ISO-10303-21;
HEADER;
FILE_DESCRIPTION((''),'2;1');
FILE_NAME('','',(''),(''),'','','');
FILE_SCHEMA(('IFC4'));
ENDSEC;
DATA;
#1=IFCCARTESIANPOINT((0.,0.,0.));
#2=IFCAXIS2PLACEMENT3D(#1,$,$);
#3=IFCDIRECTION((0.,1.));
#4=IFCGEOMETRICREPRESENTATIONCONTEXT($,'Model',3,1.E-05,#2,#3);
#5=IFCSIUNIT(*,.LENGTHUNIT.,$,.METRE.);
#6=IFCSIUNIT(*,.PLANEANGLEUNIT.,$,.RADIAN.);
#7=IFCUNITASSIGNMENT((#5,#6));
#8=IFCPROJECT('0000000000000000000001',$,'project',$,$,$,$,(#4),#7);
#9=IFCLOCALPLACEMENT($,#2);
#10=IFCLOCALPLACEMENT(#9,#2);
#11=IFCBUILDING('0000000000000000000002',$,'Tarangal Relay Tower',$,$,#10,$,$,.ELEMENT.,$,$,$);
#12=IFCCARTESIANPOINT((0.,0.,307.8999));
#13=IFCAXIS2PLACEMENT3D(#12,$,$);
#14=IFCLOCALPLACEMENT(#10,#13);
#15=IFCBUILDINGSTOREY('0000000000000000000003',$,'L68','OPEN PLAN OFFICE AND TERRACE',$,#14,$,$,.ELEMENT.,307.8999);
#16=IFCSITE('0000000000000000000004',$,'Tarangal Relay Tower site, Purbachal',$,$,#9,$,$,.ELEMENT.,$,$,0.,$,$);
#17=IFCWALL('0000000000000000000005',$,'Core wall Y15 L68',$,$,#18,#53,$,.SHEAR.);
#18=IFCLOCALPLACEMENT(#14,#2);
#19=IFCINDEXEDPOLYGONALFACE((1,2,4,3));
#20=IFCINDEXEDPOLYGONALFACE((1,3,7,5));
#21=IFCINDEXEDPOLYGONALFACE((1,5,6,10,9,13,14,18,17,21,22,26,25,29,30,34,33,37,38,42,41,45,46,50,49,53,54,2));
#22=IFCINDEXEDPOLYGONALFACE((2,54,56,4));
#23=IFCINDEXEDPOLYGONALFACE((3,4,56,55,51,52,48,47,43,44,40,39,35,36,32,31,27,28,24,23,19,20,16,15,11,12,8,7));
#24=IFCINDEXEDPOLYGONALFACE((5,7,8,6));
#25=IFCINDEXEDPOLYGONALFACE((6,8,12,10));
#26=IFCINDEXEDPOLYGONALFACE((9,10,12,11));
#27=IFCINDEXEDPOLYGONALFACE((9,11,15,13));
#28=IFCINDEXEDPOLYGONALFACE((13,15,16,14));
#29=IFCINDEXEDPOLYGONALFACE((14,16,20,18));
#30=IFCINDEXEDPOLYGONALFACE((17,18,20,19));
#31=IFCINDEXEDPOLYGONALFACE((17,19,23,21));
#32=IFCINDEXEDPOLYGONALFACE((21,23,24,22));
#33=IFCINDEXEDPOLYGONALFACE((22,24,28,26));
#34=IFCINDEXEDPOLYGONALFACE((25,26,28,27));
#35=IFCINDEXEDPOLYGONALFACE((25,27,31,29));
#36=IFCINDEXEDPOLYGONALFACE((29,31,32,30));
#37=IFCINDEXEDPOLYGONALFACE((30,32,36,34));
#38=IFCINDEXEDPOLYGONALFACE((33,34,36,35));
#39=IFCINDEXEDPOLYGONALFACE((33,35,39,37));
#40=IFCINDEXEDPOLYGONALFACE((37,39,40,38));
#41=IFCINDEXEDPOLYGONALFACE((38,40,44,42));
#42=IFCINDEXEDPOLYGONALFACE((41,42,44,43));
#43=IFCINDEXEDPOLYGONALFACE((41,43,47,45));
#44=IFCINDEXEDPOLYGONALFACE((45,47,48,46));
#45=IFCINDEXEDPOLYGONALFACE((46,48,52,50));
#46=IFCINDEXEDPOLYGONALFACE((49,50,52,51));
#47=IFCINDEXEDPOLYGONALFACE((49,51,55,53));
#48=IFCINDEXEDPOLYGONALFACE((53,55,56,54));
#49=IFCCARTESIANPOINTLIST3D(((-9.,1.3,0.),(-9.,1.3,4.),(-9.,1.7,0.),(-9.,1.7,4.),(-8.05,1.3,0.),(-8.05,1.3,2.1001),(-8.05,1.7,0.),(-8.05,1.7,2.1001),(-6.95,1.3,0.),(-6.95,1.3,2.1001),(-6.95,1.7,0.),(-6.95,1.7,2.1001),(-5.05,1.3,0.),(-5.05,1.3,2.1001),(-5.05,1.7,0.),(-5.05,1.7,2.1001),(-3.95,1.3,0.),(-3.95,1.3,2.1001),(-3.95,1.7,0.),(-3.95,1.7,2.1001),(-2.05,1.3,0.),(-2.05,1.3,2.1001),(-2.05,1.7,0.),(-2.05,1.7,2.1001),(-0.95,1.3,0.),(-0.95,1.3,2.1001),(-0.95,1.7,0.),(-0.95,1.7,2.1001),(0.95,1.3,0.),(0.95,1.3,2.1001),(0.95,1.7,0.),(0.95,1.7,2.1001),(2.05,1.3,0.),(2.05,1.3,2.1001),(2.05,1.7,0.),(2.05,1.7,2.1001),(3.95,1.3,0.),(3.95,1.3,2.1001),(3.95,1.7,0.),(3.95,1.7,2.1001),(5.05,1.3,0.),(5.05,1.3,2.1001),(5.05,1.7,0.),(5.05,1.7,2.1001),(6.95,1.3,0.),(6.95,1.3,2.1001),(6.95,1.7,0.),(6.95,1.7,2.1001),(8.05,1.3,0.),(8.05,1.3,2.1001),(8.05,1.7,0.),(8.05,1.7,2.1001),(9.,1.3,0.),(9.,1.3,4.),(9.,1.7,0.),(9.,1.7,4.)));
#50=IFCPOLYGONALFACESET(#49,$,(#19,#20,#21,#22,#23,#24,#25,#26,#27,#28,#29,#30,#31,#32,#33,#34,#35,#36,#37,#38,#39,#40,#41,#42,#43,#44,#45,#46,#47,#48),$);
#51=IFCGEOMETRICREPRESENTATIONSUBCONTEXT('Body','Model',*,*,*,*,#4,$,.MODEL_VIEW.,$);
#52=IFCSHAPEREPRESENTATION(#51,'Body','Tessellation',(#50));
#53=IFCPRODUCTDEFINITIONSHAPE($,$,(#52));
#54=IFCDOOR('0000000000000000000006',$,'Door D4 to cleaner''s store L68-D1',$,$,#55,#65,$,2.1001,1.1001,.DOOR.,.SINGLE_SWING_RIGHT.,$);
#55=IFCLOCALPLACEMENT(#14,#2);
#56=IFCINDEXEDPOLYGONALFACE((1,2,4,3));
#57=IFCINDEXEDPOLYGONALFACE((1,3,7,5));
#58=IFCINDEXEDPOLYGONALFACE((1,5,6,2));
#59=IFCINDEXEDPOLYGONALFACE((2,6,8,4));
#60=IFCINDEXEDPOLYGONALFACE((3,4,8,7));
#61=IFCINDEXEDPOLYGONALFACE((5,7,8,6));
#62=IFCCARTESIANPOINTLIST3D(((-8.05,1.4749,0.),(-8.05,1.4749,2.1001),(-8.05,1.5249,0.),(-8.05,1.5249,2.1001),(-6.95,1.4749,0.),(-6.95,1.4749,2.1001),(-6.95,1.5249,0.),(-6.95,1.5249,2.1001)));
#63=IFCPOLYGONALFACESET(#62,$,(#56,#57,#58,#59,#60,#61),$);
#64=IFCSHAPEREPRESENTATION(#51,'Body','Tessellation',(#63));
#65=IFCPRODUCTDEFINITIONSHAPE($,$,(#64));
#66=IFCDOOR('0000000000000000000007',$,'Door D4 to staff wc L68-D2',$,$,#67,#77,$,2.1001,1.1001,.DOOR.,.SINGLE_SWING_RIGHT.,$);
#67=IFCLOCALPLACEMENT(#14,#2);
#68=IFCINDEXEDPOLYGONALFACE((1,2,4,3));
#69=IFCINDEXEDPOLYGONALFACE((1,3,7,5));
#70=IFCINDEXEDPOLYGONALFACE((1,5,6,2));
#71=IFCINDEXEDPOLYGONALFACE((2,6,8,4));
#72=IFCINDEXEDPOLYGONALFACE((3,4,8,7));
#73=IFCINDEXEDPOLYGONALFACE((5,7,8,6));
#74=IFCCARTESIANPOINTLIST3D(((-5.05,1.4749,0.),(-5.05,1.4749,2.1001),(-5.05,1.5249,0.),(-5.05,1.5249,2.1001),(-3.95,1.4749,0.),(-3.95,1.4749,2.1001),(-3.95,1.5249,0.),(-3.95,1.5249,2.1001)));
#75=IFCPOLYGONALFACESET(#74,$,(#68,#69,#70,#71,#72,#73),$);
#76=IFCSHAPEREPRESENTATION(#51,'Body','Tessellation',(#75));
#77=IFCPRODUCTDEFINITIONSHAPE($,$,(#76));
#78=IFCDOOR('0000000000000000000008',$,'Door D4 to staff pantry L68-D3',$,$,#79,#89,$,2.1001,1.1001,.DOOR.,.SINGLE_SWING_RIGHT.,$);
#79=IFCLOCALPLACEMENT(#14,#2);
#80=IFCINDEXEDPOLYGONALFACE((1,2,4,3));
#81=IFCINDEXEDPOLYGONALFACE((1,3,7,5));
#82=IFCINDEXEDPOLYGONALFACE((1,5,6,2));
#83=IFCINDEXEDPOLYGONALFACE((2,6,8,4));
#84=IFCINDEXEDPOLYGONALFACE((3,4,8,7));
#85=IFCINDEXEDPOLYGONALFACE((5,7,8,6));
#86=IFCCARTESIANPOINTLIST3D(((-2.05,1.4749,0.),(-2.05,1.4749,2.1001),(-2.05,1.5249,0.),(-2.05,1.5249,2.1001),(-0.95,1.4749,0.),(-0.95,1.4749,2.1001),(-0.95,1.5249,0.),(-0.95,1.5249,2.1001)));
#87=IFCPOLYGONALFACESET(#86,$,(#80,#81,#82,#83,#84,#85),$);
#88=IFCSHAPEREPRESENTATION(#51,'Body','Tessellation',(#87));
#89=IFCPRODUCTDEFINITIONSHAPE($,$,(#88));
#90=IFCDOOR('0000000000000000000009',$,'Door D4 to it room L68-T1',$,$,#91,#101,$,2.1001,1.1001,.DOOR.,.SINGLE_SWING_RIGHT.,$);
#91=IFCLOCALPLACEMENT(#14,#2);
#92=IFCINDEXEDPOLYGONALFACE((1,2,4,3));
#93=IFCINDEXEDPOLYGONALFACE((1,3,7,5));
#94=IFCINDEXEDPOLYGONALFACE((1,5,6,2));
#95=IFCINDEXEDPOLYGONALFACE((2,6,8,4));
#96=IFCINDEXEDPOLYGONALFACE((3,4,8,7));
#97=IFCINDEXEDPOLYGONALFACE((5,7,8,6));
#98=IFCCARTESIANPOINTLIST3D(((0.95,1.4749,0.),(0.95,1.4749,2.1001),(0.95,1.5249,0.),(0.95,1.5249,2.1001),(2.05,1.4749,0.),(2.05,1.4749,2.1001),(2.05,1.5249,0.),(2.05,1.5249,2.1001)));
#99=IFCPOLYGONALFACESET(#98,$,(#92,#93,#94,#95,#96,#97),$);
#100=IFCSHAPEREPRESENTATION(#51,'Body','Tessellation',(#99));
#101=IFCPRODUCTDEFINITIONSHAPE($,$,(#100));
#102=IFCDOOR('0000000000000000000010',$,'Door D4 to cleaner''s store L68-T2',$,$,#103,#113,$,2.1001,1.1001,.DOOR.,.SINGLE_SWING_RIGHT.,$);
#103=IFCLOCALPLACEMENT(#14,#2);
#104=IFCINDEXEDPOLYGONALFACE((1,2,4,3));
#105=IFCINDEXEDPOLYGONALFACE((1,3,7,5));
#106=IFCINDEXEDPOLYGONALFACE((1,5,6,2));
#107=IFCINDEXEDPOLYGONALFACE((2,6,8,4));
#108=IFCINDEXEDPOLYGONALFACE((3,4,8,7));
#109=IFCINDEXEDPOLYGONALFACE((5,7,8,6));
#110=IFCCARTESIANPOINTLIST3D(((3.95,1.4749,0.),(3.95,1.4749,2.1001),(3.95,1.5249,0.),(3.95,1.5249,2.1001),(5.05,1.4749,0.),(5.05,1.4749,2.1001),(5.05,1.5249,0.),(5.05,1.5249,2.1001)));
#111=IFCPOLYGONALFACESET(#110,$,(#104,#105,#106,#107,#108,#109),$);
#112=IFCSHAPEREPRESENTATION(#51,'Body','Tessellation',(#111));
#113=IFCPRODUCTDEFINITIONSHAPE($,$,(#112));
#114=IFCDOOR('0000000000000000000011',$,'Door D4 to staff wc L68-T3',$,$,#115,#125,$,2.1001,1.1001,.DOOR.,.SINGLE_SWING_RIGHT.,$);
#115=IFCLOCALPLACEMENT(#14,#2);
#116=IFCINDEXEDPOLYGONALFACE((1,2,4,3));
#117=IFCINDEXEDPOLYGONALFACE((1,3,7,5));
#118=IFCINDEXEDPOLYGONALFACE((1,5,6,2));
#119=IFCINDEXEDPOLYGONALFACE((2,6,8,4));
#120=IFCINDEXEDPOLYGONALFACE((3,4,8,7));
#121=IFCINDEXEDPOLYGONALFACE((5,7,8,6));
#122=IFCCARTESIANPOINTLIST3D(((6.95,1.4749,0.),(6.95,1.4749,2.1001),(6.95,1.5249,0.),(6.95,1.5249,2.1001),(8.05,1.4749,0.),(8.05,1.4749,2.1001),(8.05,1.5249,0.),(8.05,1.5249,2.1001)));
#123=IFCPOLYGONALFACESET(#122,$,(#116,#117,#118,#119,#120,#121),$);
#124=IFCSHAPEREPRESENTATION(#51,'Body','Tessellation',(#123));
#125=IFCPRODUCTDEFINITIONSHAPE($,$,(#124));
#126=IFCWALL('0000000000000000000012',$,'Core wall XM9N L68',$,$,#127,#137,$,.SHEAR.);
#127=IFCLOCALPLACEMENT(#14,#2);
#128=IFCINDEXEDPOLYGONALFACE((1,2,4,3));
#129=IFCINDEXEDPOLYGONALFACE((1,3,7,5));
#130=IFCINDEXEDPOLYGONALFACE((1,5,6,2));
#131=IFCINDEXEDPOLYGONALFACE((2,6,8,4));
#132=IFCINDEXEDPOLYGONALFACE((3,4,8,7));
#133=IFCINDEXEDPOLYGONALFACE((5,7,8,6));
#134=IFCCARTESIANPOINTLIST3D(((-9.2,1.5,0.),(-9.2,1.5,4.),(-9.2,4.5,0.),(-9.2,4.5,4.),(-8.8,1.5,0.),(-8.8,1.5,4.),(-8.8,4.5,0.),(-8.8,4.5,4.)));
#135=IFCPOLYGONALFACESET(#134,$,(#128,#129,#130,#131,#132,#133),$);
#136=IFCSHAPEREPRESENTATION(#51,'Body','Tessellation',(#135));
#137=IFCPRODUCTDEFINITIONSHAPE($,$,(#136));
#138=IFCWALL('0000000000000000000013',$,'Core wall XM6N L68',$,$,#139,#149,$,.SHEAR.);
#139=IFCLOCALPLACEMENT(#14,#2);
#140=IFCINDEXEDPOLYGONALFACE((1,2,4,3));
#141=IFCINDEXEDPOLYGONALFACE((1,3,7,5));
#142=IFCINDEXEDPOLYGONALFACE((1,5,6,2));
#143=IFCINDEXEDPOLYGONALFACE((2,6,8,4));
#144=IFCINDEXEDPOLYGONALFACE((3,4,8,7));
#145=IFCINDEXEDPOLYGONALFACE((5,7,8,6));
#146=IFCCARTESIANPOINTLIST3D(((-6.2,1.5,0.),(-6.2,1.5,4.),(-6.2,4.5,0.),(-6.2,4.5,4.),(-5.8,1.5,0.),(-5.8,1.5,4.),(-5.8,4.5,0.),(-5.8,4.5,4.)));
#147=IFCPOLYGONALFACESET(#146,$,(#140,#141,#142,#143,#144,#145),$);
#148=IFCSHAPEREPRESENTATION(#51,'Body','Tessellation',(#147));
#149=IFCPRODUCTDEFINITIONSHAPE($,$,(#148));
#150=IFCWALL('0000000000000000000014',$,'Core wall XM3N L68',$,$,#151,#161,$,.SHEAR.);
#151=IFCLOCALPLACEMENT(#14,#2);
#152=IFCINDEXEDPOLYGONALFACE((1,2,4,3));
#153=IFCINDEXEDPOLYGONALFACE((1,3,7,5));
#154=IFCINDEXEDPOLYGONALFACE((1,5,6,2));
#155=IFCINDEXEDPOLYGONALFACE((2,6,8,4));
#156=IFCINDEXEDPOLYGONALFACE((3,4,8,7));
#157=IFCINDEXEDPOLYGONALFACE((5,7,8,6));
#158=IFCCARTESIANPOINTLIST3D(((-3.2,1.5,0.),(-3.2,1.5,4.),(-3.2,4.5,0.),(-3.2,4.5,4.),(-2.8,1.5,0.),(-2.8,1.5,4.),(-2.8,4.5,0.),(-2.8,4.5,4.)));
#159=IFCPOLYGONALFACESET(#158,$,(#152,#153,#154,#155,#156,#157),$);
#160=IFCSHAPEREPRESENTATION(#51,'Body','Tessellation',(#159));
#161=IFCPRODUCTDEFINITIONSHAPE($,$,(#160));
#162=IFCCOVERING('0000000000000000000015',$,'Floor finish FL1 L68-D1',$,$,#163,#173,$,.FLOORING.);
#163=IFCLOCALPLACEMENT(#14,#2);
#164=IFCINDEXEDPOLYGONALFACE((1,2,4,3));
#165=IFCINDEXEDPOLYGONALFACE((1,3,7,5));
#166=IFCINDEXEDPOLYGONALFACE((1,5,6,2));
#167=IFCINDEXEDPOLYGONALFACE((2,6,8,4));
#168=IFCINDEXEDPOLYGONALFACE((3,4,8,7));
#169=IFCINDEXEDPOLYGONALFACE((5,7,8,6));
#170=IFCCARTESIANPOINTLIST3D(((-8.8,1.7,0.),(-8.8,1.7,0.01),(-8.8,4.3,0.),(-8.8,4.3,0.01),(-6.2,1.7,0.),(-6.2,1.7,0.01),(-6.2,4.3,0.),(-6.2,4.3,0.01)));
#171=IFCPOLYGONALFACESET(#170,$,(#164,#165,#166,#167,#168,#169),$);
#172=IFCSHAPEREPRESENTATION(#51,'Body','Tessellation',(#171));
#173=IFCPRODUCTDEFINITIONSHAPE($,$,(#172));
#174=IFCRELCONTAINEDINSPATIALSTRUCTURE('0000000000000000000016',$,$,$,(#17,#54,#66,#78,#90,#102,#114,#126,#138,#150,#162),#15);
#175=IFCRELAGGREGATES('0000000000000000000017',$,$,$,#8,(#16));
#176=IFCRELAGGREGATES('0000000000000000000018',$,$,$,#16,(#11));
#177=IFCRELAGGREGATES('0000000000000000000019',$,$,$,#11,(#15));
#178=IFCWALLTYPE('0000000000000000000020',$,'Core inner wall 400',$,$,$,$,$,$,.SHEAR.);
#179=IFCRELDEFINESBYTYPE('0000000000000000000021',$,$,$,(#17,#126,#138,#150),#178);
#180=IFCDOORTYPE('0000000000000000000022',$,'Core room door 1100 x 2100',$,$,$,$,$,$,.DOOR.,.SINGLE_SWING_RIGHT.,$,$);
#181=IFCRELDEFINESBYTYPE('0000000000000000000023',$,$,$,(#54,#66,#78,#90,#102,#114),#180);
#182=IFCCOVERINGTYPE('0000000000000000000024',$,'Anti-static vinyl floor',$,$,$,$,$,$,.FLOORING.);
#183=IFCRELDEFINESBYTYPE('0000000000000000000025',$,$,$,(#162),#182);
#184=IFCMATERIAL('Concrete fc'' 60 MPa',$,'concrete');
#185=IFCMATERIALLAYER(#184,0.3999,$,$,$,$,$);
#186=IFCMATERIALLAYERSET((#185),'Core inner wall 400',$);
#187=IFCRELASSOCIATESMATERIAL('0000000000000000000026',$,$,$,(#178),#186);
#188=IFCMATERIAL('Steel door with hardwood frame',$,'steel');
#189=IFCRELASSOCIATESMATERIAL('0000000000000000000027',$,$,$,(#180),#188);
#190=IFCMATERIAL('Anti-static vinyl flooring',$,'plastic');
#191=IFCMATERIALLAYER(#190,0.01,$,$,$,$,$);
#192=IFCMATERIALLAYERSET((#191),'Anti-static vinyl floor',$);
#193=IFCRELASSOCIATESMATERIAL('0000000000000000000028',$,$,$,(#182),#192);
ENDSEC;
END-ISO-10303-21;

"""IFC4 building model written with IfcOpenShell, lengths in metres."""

from ifc_helpers import new_model, si_unit, direction, frame, frame_2d, origin, place, context, subcontext, project, spatial, polyline, rectangle, outline, extrude, material, layer, layer_set, type_object, element, fill, save


model = new_model("IFC4")

# Units and contexts
model_context = context("Model", 3, precision=1e-05, world=origin(), true_north=direction((0.0, 1.0)))
body_context = subcontext(model_context, "Body", "Model", "MODEL_VIEW")
ifc_project = project(units=[si_unit("LENGTHUNIT", "METRE"), si_unit("PLANEANGLEUNIT", "RADIAN")], contexts=[model_context])

# Site, building, storey
site_placement = place(None, origin())
site = spatial("IfcSite", under=ifc_project, at=site_placement, Name="Tarangal Relay Tower site, Purbachal", CompositionType="ELEMENT", RefElevation=0.0)
building_placement = place(site_placement, origin())
building = spatial("IfcBuilding", under=site, at=building_placement, Name="Tarangal Relay Tower", CompositionType="ELEMENT")
storey_placement = place(building_placement, frame((0.0, 0.0, 307.8999)))
storey = spatial("IfcBuildingStorey", under=building, at=storey_placement, Name="L68", Description="OPEN PLAN OFFICE AND TERRACE", CompositionType="ELEMENT", Elevation=307.8999)

# Wall, openings, doors
ifc_material_1 = material(Name="Concrete fc' 60 MPa", Category="concrete")
ifc_layer_1 = layer(ifc_material_1, 0.3999)
ifc_layer_set_1 = layer_set([ifc_layer_1], Name="Core inner wall 400")
wall_type = type_object("IfcWallType", Name="Core inner wall 400", PredefinedType="SHEAR", material=ifc_layer_set_1)
wall_placement = place(storey_placement, frame((-9.0, 1.5, 0.0), z_axis=(0.0, 0.0, 1.0), x_axis=(1.0, 0.0, 0.0)))
wall = element("IfcWall", 1, at=wall_placement, inside=storey, type_object=wall_type, Name="Core wall Y15 L68", PredefinedType="SHEAR", context=body_context, shape_type="SweptSolid", body=[
    extrude(rectangle(XDim=18.0, YDim=0.3999, at=frame_2d((9.0, 0.0))), origin(), (0.0, 0.0, 1.0), 4.0),
])
opening_1_placement = place(wall_placement, frame((0.95, 0.0, 0.0)))
opening_1 = element("IfcOpeningElement", 2, at=opening_1_placement, cuts=wall, PredefinedType="OPENING", context=body_context, shape_type="SweptSolid", body=[
    extrude(rectangle(XDim=1.1001, YDim=2.1001, at=frame_2d((0.55, 1.05))), frame((0.0, 0.21, 0.0), z_axis=(0.0, -1.0, 0.0), x_axis=(1.0, 0.0, 0.0)), (0.0, 0.0, 1.0), 0.4199),
])
opening_2_placement = place(wall_placement, frame((3.95, 0.0, 0.0)))
opening_2 = element("IfcOpeningElement", 3, at=opening_2_placement, cuts=wall, PredefinedType="OPENING", context=body_context, shape_type="SweptSolid", body=[
    extrude(rectangle(XDim=1.1001, YDim=2.1001, at=frame_2d((0.55, 1.05))), frame((0.0, 0.21, 0.0), z_axis=(0.0, -1.0, 0.0), x_axis=(1.0, 0.0, 0.0)), (0.0, 0.0, 1.0), 0.4199),
])
opening_3_placement = place(wall_placement, frame((6.95, 0.0, 0.0)))
opening_3 = element("IfcOpeningElement", 4, at=opening_3_placement, cuts=wall, PredefinedType="OPENING", context=body_context, shape_type="SweptSolid", body=[
    extrude(rectangle(XDim=1.1001, YDim=2.1001, at=frame_2d((0.55, 1.05))), frame((0.0, 0.21, 0.0), z_axis=(0.0, -1.0, 0.0), x_axis=(1.0, 0.0, 0.0)), (0.0, 0.0, 1.0), 0.4199),
])
opening_4_placement = place(wall_placement, frame((9.95, 0.0, 0.0)))
opening_4 = element("IfcOpeningElement", 5, at=opening_4_placement, cuts=wall, PredefinedType="OPENING", context=body_context, shape_type="SweptSolid", body=[
    extrude(rectangle(XDim=1.1001, YDim=2.1001, at=frame_2d((0.55, 1.05))), frame((0.0, 0.21, 0.0), z_axis=(0.0, -1.0, 0.0), x_axis=(1.0, 0.0, 0.0)), (0.0, 0.0, 1.0), 0.4199),
])
opening_5_placement = place(wall_placement, frame((12.95, 0.0, 0.0)))
opening_5 = element("IfcOpeningElement", 6, at=opening_5_placement, cuts=wall, PredefinedType="OPENING", context=body_context, shape_type="SweptSolid", body=[
    extrude(rectangle(XDim=1.1001, YDim=2.1001, at=frame_2d((0.55, 1.05))), frame((0.0, 0.21, 0.0), z_axis=(0.0, -1.0, 0.0), x_axis=(1.0, 0.0, 0.0)), (0.0, 0.0, 1.0), 0.4199),
])
opening_6_placement = place(wall_placement, frame((15.95, 0.0, 0.0)))
opening_6 = element("IfcOpeningElement", 7, at=opening_6_placement, cuts=wall, PredefinedType="OPENING", context=body_context, shape_type="SweptSolid", body=[
    extrude(rectangle(XDim=1.1001, YDim=2.1001, at=frame_2d((0.55, 1.05))), frame((0.0, 0.21, 0.0), z_axis=(0.0, -1.0, 0.0), x_axis=(1.0, 0.0, 0.0)), (0.0, 0.0, 1.0), 0.4199),
])
ifc_material_2 = material(Name="Steel door with hardwood frame", Category="steel")
door_type = type_object("IfcDoorType", Name="Core room door 1100 x 2100", OperationType="SINGLE_SWING_RIGHT", PredefinedType="DOOR", material=ifc_material_2)
door_1_placement = place(opening_1_placement, origin())
door_1 = element("IfcDoor", 8, at=door_1_placement, inside=storey, type_object=door_type, Name="Door D4 to cleaner's store L68-D1", OperationType="SINGLE_SWING_RIGHT", OverallHeight=2.1001, OverallWidth=1.1001, PredefinedType="DOOR", context=body_context, shape_type="SweptSolid", body=[
    extrude(rectangle(XDim=1.1001, YDim=2.1001, at=frame_2d((0.55, 1.05))), frame((0.0, 0.0249, 0.0), z_axis=(0.0, -1.0, 0.0), x_axis=(1.0, 0.0, 0.0)), (0.0, 0.0, 1.0), 0.05),
])
fill(opening_1, door_1)
door_2_placement = place(opening_2_placement, origin())
door_2 = element("IfcDoor", 9, at=door_2_placement, inside=storey, type_object=door_type, Name="Door D4 to staff wc L68-D2", OperationType="SINGLE_SWING_RIGHT", OverallHeight=2.1001, OverallWidth=1.1001, PredefinedType="DOOR", context=body_context, shape_type="SweptSolid", body=[
    extrude(rectangle(XDim=1.1001, YDim=2.1001, at=frame_2d((0.55, 1.05))), frame((0.0, 0.0249, 0.0), z_axis=(0.0, -1.0, 0.0), x_axis=(1.0, 0.0, 0.0)), (0.0, 0.0, 1.0), 0.05),
])
fill(opening_2, door_2)
door_3_placement = place(opening_3_placement, origin())
door_3 = element("IfcDoor", 10, at=door_3_placement, inside=storey, type_object=door_type, Name="Door D4 to staff pantry L68-D3", OperationType="SINGLE_SWING_RIGHT", OverallHeight=2.1001, OverallWidth=1.1001, PredefinedType="DOOR", context=body_context, shape_type="SweptSolid", body=[
    extrude(rectangle(XDim=1.1001, YDim=2.1001, at=frame_2d((0.55, 1.05))), frame((0.0, 0.0249, 0.0), z_axis=(0.0, -1.0, 0.0), x_axis=(1.0, 0.0, 0.0)), (0.0, 0.0, 1.0), 0.05),
])
fill(opening_3, door_3)
door_4_placement = place(opening_4_placement, origin())
door_4 = element("IfcDoor", 11, at=door_4_placement, inside=storey, type_object=door_type, Name="Door D4 to it room L68-T1", OperationType="SINGLE_SWING_RIGHT", OverallHeight=2.1001, OverallWidth=1.1001, PredefinedType="DOOR", context=body_context, shape_type="SweptSolid", body=[
    extrude(rectangle(XDim=1.1001, YDim=2.1001, at=frame_2d((0.55, 1.05))), frame((0.0, 0.0249, 0.0), z_axis=(0.0, -1.0, 0.0), x_axis=(1.0, 0.0, 0.0)), (0.0, 0.0, 1.0), 0.05),
])
fill(opening_4, door_4)
door_5_placement = place(opening_5_placement, origin())
door_5 = element("IfcDoor", 12, at=door_5_placement, inside=storey, type_object=door_type, Name="Door D4 to cleaner's store L68-T2", OperationType="SINGLE_SWING_RIGHT", OverallHeight=2.1001, OverallWidth=1.1001, PredefinedType="DOOR", context=body_context, shape_type="SweptSolid", body=[
    extrude(rectangle(XDim=1.1001, YDim=2.1001, at=frame_2d((0.55, 1.05))), frame((0.0, 0.0249, 0.0), z_axis=(0.0, -1.0, 0.0), x_axis=(1.0, 0.0, 0.0)), (0.0, 0.0, 1.0), 0.05),
])
fill(opening_5, door_5)
door_6_placement = place(opening_6_placement, origin())
door_6 = element("IfcDoor", 13, at=door_6_placement, inside=storey, type_object=door_type, Name="Door D4 to staff wc L68-T3", OperationType="SINGLE_SWING_RIGHT", OverallHeight=2.1001, OverallWidth=1.1001, PredefinedType="DOOR", context=body_context, shape_type="SweptSolid", body=[
    extrude(rectangle(XDim=1.1001, YDim=2.1001, at=frame_2d((0.55, 1.05))), frame((0.0, 0.0249, 0.0), z_axis=(0.0, -1.0, 0.0), x_axis=(1.0, 0.0, 0.0)), (0.0, 0.0, 1.0), 0.05),
])
fill(opening_6, door_6)

# Walls
for number, where, z_axis, x_axis, name in (
    (14, (-9.0, 1.5, 0.0), (0.0, 0.0, 1.0), (0.0, 1.0, 0.0), "Core wall XM9N L68"),
    (15, (-6.0, 1.5, 0.0), (0.0, 0.0, 1.0), (0.0, 1.0, 0.0), "Core wall XM6N L68"),
    (16, (-3.0, 1.5, 0.0), (0.0, 0.0, 1.0), (0.0, 1.0, 0.0), "Core wall XM3N L68"),
):
    element("IfcWall", number, at=place(storey_placement, frame(where, z_axis=z_axis, x_axis=x_axis)), inside=storey, type_object=wall_type, Name=name, PredefinedType="SHEAR", context=body_context, shape_type="SweptSolid", body=[
        extrude(rectangle(XDim=3.0, YDim=0.3999, at=frame_2d((1.5, 0.0))), origin(), (0.0, 0.0, 1.0), 4.0),
    ])

# Covering
ifc_material_3 = material(Name="Anti-static vinyl flooring", Category="plastic")
ifc_layer_2 = layer(ifc_material_3, 0.01)
ifc_layer_set_2 = layer_set([ifc_layer_2], Name="Anti-static vinyl floor")
covering_type_1 = type_object("IfcCoveringType", Name="Anti-static vinyl floor", PredefinedType="FLOORING", material=ifc_layer_set_2)
covering_1_placement = place(storey_placement, origin())
element("IfcCovering", 17, at=covering_1_placement, inside=storey, type_object=covering_type_1, Name="Floor finish FL1 L68-D1", PredefinedType="FLOORING", context=body_context, shape_type="SweptSolid", body=[
    extrude(outline(polyline([(-8.8, 1.7), (-6.2, 1.7), (-6.2, 4.3), (-8.8, 4.3), (-8.8, 1.7)])), origin(), (0.0, 0.0, 1.0), 0.01),
])

save(model, "model.ifc")
